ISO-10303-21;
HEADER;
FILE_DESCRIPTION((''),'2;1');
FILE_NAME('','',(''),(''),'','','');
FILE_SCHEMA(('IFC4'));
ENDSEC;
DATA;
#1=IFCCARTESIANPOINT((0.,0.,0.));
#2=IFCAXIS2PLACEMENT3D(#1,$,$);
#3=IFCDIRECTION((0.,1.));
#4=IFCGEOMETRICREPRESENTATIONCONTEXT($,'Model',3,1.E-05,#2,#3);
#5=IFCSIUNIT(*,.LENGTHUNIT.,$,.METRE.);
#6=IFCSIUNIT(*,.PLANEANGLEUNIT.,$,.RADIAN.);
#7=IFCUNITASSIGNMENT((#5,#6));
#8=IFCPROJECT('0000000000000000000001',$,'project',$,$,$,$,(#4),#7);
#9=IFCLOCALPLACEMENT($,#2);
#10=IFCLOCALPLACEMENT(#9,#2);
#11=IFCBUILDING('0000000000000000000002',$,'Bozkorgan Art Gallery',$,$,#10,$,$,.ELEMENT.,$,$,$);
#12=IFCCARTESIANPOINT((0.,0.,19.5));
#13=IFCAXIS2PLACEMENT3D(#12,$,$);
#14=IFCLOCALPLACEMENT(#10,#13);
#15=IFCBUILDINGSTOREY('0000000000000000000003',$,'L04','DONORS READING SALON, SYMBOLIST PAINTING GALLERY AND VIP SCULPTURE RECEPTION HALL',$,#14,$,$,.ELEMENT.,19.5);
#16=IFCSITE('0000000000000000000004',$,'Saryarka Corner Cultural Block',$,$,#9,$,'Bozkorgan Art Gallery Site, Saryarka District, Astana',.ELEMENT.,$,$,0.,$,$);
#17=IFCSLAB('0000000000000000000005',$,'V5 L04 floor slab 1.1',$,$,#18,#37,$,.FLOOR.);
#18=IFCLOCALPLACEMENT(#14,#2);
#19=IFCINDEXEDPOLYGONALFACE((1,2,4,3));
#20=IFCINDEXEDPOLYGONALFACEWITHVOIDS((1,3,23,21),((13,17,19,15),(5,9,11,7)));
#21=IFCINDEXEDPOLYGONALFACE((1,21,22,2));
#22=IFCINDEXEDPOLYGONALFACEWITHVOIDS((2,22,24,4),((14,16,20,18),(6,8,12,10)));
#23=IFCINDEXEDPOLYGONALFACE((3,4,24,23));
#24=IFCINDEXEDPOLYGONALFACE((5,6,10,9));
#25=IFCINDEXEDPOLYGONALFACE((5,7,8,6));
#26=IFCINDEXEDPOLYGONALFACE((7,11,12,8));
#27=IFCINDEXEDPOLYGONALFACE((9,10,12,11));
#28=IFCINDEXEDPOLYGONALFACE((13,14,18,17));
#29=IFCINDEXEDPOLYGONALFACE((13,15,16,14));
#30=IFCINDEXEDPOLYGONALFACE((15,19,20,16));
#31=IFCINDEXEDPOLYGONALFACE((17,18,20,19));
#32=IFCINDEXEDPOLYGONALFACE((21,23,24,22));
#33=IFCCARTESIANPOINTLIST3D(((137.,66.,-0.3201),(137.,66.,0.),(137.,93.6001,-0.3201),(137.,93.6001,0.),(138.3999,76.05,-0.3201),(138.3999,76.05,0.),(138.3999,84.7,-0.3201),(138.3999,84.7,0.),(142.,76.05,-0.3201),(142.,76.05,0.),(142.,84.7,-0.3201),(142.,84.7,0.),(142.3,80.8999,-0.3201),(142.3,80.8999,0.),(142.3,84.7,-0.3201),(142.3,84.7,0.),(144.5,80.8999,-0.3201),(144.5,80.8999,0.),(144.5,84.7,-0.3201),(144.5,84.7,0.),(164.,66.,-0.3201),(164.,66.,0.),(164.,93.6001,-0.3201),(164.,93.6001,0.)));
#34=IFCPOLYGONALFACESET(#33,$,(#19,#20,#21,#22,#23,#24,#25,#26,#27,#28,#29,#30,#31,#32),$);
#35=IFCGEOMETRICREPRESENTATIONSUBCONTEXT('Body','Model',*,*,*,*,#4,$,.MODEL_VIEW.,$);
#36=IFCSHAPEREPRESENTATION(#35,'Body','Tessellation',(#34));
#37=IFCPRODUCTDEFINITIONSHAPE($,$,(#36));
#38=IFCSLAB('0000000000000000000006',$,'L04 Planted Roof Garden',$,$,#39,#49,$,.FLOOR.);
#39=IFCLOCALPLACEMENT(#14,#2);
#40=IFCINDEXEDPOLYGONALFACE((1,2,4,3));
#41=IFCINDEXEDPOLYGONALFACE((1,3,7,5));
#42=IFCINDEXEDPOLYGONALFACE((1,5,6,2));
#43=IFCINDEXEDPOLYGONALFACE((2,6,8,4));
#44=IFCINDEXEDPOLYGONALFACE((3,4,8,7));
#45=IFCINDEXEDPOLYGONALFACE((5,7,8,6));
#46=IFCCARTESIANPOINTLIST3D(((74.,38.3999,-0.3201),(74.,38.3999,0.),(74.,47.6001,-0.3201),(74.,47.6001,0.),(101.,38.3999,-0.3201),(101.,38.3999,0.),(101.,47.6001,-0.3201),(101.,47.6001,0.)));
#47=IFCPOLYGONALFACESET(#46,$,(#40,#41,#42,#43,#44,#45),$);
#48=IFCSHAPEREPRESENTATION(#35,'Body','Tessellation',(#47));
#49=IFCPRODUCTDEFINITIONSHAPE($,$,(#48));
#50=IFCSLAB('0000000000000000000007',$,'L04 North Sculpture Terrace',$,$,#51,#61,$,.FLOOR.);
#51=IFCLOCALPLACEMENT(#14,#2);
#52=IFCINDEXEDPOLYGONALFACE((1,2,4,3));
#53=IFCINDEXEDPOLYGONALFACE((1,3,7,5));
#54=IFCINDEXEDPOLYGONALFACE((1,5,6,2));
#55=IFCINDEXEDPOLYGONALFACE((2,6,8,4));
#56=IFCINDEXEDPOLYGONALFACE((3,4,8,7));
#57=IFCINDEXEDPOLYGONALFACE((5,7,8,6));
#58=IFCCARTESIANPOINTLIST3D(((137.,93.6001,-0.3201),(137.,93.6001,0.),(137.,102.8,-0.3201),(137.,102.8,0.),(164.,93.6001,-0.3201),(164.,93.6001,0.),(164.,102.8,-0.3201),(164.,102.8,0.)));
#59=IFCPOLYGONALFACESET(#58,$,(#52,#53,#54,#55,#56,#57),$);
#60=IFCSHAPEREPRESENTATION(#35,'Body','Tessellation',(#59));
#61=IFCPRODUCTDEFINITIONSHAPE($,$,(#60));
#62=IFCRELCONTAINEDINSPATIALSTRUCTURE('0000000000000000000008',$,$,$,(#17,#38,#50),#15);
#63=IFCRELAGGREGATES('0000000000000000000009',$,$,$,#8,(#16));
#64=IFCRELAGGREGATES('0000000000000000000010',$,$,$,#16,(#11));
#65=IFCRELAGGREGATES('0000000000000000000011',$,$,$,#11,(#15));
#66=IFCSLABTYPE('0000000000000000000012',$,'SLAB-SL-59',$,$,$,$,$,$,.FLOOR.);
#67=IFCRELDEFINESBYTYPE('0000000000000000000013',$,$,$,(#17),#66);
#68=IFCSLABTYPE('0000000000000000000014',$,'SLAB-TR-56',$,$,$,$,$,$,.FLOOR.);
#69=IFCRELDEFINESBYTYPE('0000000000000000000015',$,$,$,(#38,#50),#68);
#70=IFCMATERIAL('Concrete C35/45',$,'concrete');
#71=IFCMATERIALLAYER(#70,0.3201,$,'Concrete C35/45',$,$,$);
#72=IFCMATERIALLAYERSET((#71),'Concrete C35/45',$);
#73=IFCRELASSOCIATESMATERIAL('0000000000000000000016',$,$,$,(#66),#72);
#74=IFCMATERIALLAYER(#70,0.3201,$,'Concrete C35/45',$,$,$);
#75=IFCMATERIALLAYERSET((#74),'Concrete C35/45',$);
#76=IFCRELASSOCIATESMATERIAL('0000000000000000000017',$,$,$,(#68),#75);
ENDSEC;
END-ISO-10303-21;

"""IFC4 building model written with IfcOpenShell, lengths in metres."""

from ifc_helpers import new_model, si_unit, direction, frame, origin, place, context, subcontext, project, spatial, polyline, outline, extrude, material, layer, layer_set, type_object, element, save


model = new_model("IFC4")

# Units and contexts
model_context = context("Model", 3, precision=1e-05, world=origin(), true_north=direction((0.0, 1.0)))
body_context = subcontext(model_context, "Body", "Model", "MODEL_VIEW")
ifc_project = project(units=[si_unit("LENGTHUNIT", "METRE"), si_unit("PLANEANGLEUNIT", "RADIAN")], contexts=[model_context])

# Site, building, storey
site_placement = place(None, origin())
site = spatial("IfcSite", under=ifc_project, at=site_placement, Name="Saryarka Corner Cultural Block", LongName="Bozkorgan Art Gallery Site, Saryarka District, Astana", CompositionType="ELEMENT", RefElevation=0.0)
building_placement = place(site_placement, origin())
building = spatial("IfcBuilding", under=site, at=building_placement, Name="Bozkorgan Art Gallery", CompositionType="ELEMENT")
storey_placement = place(building_placement, frame((0.0, 0.0, 19.5)))
storey = spatial("IfcBuildingStorey", under=building, at=storey_placement, Name="L04", Description="DONORS READING SALON, SYMBOLIST PAINTING GALLERY AND VIP SCULPTURE RECEPTION HALL", CompositionType="ELEMENT", Elevation=19.5)

# Shared definitions
ifc_material_1 = material(Name="Concrete C35/45", Category="concrete")

# Slabs
ifc_layer_1 = layer(ifc_material_1, 0.3201, Name="Concrete C35/45")
ifc_layer_set_1 = layer_set([ifc_layer_1], Name="Concrete C35/45")
slab_type_1 = type_object("IfcSlabType", Name="SLAB-SL-59", PredefinedType="FLOOR", material=ifc_layer_set_1)
slab_1_placement = place(storey_placement, frame((0.0, 0.0, -0.3201)))
element("IfcSlab", 1, at=slab_1_placement, inside=storey, type_object=slab_type_1, Name="V5 L04 floor slab 1.1", PredefinedType="FLOOR", context=body_context, shape_type="SweptSolid", body=[
    extrude(outline(polyline([(137.0, 66.0), (164.0, 66.0), (164.0, 93.6001), (137.0, 93.6001), (137.0, 66.0)]), holes=[polyline([(138.3999, 76.05), (142.0, 76.05), (142.0, 84.7), (138.3999, 84.7), (138.3999, 76.05)]), polyline([(142.3, 80.8999), (144.5, 80.8999), (144.5, 84.7), (142.3, 84.7), (142.3, 80.8999)])]), origin(), (0.0, 0.0, 1.0), 0.3201),
])
ifc_layer_2 = layer(ifc_material_1, 0.3201, Name="Concrete C35/45")
ifc_layer_set_2 = layer_set([ifc_layer_2], Name="Concrete C35/45")
slab_type_2 = type_object("IfcSlabType", Name="SLAB-TR-56", PredefinedType="FLOOR", material=ifc_layer_set_2)
slab_2_placement = place(storey_placement, frame((0.0, 0.0, -0.3201)))
element("IfcSlab", 2, at=slab_2_placement, inside=storey, type_object=slab_type_2, Name="L04 Planted Roof Garden", PredefinedType="FLOOR", context=body_context, shape_type="SweptSolid", body=[
    extrude(outline(polyline([(74.0, 38.3999), (101.0, 38.3999), (101.0, 47.6001), (74.0, 47.6001), (74.0, 38.3999)])), origin(), (0.0, 0.0, 1.0), 0.3201),
])
slab_3_placement = place(storey_placement, frame((0.0, 0.0, -0.3201)))
element("IfcSlab", 3, at=slab_3_placement, inside=storey, type_object=slab_type_2, Name="L04 North Sculpture Terrace", PredefinedType="FLOOR", context=body_context, shape_type="SweptSolid", body=[
    extrude(outline(polyline([(137.0, 93.6001), (164.0, 93.6001), (164.0, 102.8), (137.0, 102.8), (137.0, 93.6001)])), origin(), (0.0, 0.0, 1.0), 0.3201),
])

save(model, "model.ifc")
